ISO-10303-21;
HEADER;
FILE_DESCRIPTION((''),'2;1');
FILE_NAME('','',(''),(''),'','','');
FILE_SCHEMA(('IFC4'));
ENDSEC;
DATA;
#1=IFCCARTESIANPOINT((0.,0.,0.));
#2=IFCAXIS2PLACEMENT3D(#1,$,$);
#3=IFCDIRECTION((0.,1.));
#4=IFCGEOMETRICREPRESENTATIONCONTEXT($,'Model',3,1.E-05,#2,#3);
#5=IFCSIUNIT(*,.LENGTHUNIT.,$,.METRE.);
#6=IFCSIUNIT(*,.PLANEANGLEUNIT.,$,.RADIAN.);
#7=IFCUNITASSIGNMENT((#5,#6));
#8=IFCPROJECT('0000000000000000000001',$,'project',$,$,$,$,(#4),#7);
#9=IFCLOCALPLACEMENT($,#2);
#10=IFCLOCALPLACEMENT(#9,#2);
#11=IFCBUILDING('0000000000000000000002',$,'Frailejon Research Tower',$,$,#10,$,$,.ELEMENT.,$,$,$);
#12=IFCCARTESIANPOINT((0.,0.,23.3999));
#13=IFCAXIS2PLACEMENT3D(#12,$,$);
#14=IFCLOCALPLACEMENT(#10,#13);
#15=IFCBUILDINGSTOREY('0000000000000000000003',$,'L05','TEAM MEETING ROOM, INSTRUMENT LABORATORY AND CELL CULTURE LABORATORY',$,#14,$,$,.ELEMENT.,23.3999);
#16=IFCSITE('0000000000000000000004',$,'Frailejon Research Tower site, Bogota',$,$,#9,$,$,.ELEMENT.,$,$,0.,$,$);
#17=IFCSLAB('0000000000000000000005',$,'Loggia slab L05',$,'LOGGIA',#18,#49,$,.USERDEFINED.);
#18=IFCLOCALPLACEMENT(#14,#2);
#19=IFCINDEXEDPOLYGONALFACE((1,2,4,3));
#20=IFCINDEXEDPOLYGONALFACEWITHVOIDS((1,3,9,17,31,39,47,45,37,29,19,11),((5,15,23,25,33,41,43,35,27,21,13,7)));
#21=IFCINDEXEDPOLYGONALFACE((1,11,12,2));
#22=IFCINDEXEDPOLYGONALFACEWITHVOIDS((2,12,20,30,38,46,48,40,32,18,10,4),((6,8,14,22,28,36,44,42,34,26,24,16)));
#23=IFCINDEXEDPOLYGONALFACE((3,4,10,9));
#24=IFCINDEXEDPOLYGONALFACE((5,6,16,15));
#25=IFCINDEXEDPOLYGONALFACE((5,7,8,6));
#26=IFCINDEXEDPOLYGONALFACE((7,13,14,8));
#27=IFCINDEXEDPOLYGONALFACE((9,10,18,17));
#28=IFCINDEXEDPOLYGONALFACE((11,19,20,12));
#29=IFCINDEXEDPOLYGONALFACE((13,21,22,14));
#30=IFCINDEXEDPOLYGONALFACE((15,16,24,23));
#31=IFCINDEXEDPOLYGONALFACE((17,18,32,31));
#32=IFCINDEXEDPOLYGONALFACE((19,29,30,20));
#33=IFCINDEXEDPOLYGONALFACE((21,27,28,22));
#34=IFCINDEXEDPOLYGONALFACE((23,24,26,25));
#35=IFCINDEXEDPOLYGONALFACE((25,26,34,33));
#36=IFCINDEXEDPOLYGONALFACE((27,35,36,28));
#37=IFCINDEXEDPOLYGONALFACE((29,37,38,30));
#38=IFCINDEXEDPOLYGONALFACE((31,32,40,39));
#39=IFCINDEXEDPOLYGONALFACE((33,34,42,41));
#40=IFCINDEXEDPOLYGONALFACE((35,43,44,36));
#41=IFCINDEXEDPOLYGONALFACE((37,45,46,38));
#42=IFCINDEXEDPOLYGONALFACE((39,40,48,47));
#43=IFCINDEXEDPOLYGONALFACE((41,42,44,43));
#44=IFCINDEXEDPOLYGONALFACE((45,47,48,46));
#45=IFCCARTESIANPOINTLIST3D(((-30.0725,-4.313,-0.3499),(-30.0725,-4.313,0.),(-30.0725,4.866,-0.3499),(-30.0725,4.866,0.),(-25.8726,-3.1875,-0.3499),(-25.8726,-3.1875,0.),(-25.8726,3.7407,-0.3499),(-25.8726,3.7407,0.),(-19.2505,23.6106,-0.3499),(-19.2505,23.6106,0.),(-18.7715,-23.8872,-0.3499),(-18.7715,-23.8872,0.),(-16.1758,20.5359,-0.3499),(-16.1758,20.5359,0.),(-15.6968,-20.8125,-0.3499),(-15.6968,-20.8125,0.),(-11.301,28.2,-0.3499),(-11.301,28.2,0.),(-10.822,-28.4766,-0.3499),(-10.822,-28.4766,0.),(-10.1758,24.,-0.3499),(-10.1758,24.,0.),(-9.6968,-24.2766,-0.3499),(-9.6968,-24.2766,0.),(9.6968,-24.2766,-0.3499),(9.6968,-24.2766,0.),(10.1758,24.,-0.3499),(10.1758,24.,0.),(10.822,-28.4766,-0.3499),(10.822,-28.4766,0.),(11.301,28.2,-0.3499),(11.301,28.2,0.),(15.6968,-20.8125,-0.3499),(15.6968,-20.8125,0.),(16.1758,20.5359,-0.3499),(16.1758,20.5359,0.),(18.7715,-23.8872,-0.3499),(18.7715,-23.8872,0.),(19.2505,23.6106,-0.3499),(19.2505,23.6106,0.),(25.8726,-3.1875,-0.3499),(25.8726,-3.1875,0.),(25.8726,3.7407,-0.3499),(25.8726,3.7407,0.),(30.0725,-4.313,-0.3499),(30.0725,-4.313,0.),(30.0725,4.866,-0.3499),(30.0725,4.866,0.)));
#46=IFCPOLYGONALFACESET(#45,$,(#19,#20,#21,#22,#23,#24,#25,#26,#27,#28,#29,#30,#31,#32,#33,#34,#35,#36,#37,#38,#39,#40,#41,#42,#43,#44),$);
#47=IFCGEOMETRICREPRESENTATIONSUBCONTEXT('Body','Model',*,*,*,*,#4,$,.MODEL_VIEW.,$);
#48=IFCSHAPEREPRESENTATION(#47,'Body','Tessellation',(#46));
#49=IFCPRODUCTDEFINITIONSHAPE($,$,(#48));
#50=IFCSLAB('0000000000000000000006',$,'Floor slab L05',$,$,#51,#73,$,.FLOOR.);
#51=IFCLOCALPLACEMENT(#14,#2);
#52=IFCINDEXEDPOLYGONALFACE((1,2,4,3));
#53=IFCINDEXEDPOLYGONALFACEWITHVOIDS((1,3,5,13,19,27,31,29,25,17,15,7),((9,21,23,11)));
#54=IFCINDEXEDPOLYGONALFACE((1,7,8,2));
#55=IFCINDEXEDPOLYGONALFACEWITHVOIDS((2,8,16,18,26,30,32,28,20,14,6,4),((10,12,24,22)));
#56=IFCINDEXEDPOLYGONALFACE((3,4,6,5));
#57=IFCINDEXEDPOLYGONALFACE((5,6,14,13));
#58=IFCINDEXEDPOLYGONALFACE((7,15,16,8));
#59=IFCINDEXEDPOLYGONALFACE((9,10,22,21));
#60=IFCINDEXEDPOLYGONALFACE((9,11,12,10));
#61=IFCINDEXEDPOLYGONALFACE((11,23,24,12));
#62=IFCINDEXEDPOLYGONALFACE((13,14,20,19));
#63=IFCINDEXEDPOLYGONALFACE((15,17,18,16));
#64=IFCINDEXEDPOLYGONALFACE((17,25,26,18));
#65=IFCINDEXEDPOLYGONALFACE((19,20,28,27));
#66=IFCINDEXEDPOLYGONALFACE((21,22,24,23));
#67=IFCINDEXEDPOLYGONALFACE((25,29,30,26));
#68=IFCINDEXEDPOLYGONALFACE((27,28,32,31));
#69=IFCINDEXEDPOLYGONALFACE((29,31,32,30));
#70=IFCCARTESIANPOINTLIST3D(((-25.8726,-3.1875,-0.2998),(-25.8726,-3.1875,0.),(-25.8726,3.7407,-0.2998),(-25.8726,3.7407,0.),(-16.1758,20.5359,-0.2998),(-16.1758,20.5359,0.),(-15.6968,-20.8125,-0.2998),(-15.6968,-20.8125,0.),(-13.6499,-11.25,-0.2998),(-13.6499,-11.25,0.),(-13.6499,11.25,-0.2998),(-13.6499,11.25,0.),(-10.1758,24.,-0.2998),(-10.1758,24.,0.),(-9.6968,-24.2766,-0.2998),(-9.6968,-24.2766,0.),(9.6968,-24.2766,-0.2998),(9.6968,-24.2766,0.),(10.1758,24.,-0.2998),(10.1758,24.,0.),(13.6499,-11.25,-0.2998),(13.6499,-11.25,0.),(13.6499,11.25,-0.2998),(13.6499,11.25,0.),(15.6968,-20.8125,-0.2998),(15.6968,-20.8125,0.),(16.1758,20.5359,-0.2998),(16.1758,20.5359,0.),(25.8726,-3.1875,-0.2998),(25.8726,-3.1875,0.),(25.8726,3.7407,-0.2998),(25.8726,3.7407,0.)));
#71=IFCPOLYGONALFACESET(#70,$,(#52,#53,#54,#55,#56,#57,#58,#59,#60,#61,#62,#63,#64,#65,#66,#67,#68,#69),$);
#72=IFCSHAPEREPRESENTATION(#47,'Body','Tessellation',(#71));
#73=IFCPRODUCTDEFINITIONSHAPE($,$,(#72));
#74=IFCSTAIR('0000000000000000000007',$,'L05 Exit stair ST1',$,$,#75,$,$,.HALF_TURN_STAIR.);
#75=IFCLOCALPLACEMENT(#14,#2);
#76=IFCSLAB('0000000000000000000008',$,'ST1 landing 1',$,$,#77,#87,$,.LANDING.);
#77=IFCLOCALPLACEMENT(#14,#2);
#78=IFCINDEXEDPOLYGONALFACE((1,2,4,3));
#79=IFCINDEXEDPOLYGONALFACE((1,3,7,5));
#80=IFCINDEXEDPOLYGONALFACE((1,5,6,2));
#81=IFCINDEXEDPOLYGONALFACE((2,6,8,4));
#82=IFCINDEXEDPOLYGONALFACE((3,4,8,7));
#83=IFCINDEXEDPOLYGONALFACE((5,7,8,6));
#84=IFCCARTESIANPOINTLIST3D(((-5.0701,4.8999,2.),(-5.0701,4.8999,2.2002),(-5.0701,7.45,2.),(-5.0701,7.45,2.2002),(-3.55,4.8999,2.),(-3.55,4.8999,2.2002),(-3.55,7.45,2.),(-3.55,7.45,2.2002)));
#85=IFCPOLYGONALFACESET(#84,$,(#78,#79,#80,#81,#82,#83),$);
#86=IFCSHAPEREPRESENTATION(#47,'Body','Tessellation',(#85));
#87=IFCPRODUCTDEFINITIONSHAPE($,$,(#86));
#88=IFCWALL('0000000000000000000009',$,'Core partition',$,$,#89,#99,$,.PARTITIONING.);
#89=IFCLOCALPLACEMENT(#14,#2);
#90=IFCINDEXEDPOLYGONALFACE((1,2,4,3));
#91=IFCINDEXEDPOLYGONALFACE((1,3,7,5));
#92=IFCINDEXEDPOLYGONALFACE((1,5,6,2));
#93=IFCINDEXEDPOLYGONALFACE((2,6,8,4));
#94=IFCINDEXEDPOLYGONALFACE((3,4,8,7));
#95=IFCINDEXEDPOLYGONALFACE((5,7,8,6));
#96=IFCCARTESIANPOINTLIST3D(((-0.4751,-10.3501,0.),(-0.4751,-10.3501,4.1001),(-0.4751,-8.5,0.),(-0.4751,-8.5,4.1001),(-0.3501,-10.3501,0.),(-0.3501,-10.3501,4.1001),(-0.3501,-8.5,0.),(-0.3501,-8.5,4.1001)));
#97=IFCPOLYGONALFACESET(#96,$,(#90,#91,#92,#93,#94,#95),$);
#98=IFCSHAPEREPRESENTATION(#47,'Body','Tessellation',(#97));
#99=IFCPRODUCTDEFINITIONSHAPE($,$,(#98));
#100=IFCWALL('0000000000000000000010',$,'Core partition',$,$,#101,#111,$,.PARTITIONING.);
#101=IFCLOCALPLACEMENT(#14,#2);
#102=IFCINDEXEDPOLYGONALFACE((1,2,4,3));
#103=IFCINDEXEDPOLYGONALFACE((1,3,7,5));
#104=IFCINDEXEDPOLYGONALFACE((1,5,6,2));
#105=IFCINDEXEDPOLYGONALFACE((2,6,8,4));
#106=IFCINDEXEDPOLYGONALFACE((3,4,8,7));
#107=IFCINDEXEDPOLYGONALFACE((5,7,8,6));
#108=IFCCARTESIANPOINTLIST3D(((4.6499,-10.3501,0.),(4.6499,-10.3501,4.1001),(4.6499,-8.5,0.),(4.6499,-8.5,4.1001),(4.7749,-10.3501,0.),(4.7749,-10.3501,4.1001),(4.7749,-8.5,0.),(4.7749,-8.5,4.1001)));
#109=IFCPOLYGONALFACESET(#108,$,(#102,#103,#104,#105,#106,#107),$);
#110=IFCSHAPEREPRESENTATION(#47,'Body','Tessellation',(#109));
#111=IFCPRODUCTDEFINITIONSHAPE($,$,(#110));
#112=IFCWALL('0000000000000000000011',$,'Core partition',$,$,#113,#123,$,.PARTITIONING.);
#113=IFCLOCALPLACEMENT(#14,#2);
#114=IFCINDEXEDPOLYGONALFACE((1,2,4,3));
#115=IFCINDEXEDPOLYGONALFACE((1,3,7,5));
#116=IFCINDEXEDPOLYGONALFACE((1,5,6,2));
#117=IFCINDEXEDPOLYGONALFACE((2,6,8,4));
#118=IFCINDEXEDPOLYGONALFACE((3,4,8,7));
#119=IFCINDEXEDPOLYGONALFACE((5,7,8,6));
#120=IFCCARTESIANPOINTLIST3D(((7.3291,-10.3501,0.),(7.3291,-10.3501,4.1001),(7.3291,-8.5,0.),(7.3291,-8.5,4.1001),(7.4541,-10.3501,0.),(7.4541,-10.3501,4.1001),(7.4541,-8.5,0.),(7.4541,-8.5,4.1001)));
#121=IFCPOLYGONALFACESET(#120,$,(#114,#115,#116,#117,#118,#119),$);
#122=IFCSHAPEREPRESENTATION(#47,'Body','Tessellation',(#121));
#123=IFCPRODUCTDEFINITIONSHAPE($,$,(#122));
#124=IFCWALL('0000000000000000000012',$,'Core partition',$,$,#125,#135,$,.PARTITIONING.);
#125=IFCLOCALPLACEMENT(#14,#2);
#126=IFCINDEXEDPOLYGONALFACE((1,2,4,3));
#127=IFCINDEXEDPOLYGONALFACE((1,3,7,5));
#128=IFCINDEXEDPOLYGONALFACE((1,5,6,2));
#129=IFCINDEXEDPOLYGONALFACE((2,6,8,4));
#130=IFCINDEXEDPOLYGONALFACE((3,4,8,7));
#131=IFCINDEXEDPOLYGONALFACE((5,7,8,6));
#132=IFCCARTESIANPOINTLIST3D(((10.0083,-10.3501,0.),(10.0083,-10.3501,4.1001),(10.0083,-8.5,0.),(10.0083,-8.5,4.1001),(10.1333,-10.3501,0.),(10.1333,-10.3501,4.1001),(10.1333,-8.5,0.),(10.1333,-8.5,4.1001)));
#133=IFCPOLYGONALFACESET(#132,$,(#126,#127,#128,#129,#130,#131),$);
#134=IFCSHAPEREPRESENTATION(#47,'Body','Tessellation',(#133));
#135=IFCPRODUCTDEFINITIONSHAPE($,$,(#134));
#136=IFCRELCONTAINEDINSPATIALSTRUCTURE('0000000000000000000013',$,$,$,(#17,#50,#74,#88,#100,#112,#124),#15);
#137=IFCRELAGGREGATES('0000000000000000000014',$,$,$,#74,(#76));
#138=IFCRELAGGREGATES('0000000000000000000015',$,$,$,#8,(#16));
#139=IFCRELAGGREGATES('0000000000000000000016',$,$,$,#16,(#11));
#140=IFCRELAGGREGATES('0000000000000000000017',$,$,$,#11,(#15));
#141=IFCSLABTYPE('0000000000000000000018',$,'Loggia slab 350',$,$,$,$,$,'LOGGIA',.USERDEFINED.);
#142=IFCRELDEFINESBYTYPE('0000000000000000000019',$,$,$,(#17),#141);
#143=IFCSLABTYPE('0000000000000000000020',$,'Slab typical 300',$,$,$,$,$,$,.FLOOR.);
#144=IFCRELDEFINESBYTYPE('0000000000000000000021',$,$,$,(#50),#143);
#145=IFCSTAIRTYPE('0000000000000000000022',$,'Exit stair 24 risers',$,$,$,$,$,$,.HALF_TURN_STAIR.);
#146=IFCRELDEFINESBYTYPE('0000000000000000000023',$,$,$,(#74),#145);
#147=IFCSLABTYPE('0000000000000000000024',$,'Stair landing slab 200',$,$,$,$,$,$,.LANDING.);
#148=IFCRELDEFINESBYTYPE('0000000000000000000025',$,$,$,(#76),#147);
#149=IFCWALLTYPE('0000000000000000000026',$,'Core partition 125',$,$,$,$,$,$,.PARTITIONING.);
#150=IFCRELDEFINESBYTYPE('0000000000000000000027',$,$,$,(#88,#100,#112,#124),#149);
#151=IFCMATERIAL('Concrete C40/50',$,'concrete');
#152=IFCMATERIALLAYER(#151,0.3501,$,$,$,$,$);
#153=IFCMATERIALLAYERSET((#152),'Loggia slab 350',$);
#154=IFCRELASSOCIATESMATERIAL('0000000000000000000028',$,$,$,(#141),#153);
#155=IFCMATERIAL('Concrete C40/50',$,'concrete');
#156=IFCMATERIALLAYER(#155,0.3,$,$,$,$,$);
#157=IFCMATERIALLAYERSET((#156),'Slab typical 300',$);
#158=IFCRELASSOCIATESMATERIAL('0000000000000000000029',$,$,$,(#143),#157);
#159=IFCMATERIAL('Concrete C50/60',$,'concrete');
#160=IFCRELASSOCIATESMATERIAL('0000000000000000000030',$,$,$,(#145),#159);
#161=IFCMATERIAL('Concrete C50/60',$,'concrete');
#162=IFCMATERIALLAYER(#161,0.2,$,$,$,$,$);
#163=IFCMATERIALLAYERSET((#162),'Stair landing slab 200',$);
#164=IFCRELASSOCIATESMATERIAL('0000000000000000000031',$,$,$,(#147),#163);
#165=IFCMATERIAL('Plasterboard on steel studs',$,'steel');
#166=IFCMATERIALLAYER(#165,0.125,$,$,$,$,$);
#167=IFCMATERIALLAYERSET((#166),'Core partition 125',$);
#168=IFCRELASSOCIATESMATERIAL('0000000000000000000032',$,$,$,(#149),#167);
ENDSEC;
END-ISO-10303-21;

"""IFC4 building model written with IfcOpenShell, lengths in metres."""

from ifc_helpers import new_model, si_unit, direction, frame, frame_2d, origin, place, context, subcontext, project, spatial, polyline, rectangle, outline, extrude, material, layer, layer_set, type_object, element, aggregate, save


model = new_model("IFC4")

# Units and contexts
model_context = context("Model", 3, precision=1e-05, world=origin(), true_north=direction((0.0, 1.0)))
body_context = subcontext(model_context, "Body", "Model", "MODEL_VIEW")
ifc_project = project(units=[si_unit("LENGTHUNIT", "METRE"), si_unit("PLANEANGLEUNIT", "RADIAN")], contexts=[model_context])

# Site, building, storey
site_placement = place(None, origin())
site = spatial("IfcSite", under=ifc_project, at=site_placement, Name="Frailejon Research Tower site, Bogota", CompositionType="ELEMENT", RefElevation=0.0)
building_placement = place(site_placement, origin())
building = spatial("IfcBuilding", under=site, at=building_placement, Name="Frailejon Research Tower", CompositionType="ELEMENT")
storey_placement = place(building_placement, frame((0.0, 0.0, 23.3999)))
storey = spatial("IfcBuildingStorey", under=building, at=storey_placement, Name="L05", Description="TEAM MEETING ROOM, INSTRUMENT LABORATORY AND CELL CULTURE LABORATORY", CompositionType="ELEMENT", Elevation=23.3999)

# Slabs
ifc_material_1 = material(Name="Concrete C40/50", Category="concrete")
ifc_layer_1 = layer(ifc_material_1, 0.3501)
ifc_layer_set_1 = layer_set([ifc_layer_1], Name="Loggia slab 350")
slab_type_1 = type_object("IfcSlabType", Name="Loggia slab 350", ElementType="LOGGIA", PredefinedType="USERDEFINED", material=ifc_layer_set_1)
slab_1_placement = place(storey_placement, frame((0.0, 0.0, -0.3499)))
element("IfcSlab", 1, at=slab_1_placement, inside=storey, type_object=slab_type_1, Name="Loggia slab L05", ObjectType="LOGGIA", PredefinedType="USERDEFINED", context=body_context, shape_type="SweptSolid", body=[
    extrude(outline(polyline([(18.7715, -23.8872), (10.822, -28.4766), (-10.822, -28.4766), (-18.7715, -23.8872), (-30.0725, -4.313), (-30.0725, 4.866), (-19.2505, 23.6106), (-11.301, 28.2), (11.301, 28.2), (19.2505, 23.6106), (30.0725, 4.866), (30.0725, -4.313), (18.7715, -23.8872)]), holes=[polyline([(25.8726, 3.7407), (16.1758, 20.5359), (10.1758, 24.0), (-10.1758, 24.0), (-16.1758, 20.5359), (-25.8726, 3.7407), (-25.8726, -3.1875), (-15.6968, -20.8125), (-9.6968, -24.2766), (9.6968, -24.2766), (15.6968, -20.8125), (25.8726, -3.1875), (25.8726, 3.7407)])]), origin(), (0.0, 0.0, 1.0), 0.3499),
])
ifc_material_2 = material(Name="Concrete C40/50", Category="concrete")
ifc_layer_2 = layer(ifc_material_2, 0.3)
ifc_layer_set_2 = layer_set([ifc_layer_2], Name="Slab typical 300")
slab_type_2 = type_object("IfcSlabType", Name="Slab typical 300", PredefinedType="FLOOR", material=ifc_layer_set_2)
slab_2_placement = place(storey_placement, frame((0.0, 0.0, -0.2998)))
element("IfcSlab", 2, at=slab_2_placement, inside=storey, type_object=slab_type_2, Name="Floor slab L05", PredefinedType="FLOOR", context=body_context, shape_type="SweptSolid", body=[
    extrude(outline(polyline([(25.8726, -3.1875), (25.8726, 3.7407), (16.1758, 20.5359), (10.1758, 24.0), (-10.1758, 24.0), (-16.1758, 20.5359), (-25.8726, 3.7407), (-25.8726, -3.1875), (-15.6968, -20.8125), (-9.6968, -24.2766), (9.6968, -24.2766), (15.6968, -20.8125), (25.8726, -3.1875)]), holes=[polyline([(13.6499, -11.25), (-13.6499, -11.25), (-13.6499, 11.25), (13.6499, 11.25), (13.6499, -11.25)])]), origin(), (0.0, 0.0, 1.0), 0.2998),
])

# Stair, slab
ifc_material_3 = material(Name="Concrete C50/60", Category="concrete")
stair_type = type_object("IfcStairType", Name="Exit stair 24 risers", PredefinedType="HALF_TURN_STAIR", material=ifc_material_3)
stair_placement = place(storey_placement, origin())
stair = element("IfcStair", 3, at=stair_placement, inside=storey, type_object=stair_type, Name="L05 Exit stair ST1", PredefinedType="HALF_TURN_STAIR")
ifc_material_4 = material(Name="Concrete C50/60", Category="concrete")
ifc_layer_3 = layer(ifc_material_4, 0.2)
ifc_layer_set_3 = layer_set([ifc_layer_3], Name="Stair landing slab 200")
slab_type_3 = type_object("IfcSlabType", Name="Stair landing slab 200", PredefinedType="LANDING", material=ifc_layer_set_3)
slab_3_placement = place(storey_placement, frame((0.0, 0.0, 2.0)))
slab_3 = element("IfcSlab", 4, at=slab_3_placement, type_object=slab_type_3, Name="ST1 landing 1", PredefinedType="LANDING", context=body_context, shape_type="SweptSolid", body=[
    extrude(outline(polyline([(-5.0701, 4.8999), (-3.55, 4.8999), (-3.55, 7.45), (-5.0701, 7.45), (-5.0701, 4.8999)])), origin(), (0.0, 0.0, 1.0), 0.2002),
])
aggregate(stair, [slab_3])

# Walls
ifc_material_5 = material(Name="Plasterboard on steel studs", Category="steel")
ifc_layer_4 = layer(ifc_material_5, 0.125)
ifc_layer_set_4 = layer_set([ifc_layer_4], Name="Core partition 125")
wall_type_1 = type_object("IfcWallType", Name="Core partition 125", PredefinedType="PARTITIONING", material=ifc_layer_set_4)
for number, where, z_axis, x_axis, name in (
    (5, (-0.4126, -10.3501, 0.0), (0.0, 0.0, 1.0), (0.0, 1.0, 0.0), "Core partition"),
    (6, (4.7124, -10.3501, 0.0), (0.0, 0.0, 1.0), (0.0, 1.0, 0.0), "Core partition"),
    (7, (7.3916, -10.3501, 0.0), (0.0, 0.0, 1.0), (0.0, 1.0, 0.0), "Core partition"),
    (8, (10.0708, -10.3501, 0.0), (0.0, 0.0, 1.0), (0.0, 1.0, 0.0), "Core partition"),
):
    element("IfcWall", number, at=place(storey_placement, frame(where, z_axis=z_axis, x_axis=x_axis)), inside=storey, type_object=wall_type_1, Name=name, PredefinedType="PARTITIONING", context=body_context, shape_type="SweptSolid", body=[
        extrude(rectangle(XDim=1.8501, YDim=0.125, at=frame_2d((0.925, 0.0))), origin(), (0.0, 0.0, 1.0), 4.1001),
    ])

save(model, "model.ifc")
